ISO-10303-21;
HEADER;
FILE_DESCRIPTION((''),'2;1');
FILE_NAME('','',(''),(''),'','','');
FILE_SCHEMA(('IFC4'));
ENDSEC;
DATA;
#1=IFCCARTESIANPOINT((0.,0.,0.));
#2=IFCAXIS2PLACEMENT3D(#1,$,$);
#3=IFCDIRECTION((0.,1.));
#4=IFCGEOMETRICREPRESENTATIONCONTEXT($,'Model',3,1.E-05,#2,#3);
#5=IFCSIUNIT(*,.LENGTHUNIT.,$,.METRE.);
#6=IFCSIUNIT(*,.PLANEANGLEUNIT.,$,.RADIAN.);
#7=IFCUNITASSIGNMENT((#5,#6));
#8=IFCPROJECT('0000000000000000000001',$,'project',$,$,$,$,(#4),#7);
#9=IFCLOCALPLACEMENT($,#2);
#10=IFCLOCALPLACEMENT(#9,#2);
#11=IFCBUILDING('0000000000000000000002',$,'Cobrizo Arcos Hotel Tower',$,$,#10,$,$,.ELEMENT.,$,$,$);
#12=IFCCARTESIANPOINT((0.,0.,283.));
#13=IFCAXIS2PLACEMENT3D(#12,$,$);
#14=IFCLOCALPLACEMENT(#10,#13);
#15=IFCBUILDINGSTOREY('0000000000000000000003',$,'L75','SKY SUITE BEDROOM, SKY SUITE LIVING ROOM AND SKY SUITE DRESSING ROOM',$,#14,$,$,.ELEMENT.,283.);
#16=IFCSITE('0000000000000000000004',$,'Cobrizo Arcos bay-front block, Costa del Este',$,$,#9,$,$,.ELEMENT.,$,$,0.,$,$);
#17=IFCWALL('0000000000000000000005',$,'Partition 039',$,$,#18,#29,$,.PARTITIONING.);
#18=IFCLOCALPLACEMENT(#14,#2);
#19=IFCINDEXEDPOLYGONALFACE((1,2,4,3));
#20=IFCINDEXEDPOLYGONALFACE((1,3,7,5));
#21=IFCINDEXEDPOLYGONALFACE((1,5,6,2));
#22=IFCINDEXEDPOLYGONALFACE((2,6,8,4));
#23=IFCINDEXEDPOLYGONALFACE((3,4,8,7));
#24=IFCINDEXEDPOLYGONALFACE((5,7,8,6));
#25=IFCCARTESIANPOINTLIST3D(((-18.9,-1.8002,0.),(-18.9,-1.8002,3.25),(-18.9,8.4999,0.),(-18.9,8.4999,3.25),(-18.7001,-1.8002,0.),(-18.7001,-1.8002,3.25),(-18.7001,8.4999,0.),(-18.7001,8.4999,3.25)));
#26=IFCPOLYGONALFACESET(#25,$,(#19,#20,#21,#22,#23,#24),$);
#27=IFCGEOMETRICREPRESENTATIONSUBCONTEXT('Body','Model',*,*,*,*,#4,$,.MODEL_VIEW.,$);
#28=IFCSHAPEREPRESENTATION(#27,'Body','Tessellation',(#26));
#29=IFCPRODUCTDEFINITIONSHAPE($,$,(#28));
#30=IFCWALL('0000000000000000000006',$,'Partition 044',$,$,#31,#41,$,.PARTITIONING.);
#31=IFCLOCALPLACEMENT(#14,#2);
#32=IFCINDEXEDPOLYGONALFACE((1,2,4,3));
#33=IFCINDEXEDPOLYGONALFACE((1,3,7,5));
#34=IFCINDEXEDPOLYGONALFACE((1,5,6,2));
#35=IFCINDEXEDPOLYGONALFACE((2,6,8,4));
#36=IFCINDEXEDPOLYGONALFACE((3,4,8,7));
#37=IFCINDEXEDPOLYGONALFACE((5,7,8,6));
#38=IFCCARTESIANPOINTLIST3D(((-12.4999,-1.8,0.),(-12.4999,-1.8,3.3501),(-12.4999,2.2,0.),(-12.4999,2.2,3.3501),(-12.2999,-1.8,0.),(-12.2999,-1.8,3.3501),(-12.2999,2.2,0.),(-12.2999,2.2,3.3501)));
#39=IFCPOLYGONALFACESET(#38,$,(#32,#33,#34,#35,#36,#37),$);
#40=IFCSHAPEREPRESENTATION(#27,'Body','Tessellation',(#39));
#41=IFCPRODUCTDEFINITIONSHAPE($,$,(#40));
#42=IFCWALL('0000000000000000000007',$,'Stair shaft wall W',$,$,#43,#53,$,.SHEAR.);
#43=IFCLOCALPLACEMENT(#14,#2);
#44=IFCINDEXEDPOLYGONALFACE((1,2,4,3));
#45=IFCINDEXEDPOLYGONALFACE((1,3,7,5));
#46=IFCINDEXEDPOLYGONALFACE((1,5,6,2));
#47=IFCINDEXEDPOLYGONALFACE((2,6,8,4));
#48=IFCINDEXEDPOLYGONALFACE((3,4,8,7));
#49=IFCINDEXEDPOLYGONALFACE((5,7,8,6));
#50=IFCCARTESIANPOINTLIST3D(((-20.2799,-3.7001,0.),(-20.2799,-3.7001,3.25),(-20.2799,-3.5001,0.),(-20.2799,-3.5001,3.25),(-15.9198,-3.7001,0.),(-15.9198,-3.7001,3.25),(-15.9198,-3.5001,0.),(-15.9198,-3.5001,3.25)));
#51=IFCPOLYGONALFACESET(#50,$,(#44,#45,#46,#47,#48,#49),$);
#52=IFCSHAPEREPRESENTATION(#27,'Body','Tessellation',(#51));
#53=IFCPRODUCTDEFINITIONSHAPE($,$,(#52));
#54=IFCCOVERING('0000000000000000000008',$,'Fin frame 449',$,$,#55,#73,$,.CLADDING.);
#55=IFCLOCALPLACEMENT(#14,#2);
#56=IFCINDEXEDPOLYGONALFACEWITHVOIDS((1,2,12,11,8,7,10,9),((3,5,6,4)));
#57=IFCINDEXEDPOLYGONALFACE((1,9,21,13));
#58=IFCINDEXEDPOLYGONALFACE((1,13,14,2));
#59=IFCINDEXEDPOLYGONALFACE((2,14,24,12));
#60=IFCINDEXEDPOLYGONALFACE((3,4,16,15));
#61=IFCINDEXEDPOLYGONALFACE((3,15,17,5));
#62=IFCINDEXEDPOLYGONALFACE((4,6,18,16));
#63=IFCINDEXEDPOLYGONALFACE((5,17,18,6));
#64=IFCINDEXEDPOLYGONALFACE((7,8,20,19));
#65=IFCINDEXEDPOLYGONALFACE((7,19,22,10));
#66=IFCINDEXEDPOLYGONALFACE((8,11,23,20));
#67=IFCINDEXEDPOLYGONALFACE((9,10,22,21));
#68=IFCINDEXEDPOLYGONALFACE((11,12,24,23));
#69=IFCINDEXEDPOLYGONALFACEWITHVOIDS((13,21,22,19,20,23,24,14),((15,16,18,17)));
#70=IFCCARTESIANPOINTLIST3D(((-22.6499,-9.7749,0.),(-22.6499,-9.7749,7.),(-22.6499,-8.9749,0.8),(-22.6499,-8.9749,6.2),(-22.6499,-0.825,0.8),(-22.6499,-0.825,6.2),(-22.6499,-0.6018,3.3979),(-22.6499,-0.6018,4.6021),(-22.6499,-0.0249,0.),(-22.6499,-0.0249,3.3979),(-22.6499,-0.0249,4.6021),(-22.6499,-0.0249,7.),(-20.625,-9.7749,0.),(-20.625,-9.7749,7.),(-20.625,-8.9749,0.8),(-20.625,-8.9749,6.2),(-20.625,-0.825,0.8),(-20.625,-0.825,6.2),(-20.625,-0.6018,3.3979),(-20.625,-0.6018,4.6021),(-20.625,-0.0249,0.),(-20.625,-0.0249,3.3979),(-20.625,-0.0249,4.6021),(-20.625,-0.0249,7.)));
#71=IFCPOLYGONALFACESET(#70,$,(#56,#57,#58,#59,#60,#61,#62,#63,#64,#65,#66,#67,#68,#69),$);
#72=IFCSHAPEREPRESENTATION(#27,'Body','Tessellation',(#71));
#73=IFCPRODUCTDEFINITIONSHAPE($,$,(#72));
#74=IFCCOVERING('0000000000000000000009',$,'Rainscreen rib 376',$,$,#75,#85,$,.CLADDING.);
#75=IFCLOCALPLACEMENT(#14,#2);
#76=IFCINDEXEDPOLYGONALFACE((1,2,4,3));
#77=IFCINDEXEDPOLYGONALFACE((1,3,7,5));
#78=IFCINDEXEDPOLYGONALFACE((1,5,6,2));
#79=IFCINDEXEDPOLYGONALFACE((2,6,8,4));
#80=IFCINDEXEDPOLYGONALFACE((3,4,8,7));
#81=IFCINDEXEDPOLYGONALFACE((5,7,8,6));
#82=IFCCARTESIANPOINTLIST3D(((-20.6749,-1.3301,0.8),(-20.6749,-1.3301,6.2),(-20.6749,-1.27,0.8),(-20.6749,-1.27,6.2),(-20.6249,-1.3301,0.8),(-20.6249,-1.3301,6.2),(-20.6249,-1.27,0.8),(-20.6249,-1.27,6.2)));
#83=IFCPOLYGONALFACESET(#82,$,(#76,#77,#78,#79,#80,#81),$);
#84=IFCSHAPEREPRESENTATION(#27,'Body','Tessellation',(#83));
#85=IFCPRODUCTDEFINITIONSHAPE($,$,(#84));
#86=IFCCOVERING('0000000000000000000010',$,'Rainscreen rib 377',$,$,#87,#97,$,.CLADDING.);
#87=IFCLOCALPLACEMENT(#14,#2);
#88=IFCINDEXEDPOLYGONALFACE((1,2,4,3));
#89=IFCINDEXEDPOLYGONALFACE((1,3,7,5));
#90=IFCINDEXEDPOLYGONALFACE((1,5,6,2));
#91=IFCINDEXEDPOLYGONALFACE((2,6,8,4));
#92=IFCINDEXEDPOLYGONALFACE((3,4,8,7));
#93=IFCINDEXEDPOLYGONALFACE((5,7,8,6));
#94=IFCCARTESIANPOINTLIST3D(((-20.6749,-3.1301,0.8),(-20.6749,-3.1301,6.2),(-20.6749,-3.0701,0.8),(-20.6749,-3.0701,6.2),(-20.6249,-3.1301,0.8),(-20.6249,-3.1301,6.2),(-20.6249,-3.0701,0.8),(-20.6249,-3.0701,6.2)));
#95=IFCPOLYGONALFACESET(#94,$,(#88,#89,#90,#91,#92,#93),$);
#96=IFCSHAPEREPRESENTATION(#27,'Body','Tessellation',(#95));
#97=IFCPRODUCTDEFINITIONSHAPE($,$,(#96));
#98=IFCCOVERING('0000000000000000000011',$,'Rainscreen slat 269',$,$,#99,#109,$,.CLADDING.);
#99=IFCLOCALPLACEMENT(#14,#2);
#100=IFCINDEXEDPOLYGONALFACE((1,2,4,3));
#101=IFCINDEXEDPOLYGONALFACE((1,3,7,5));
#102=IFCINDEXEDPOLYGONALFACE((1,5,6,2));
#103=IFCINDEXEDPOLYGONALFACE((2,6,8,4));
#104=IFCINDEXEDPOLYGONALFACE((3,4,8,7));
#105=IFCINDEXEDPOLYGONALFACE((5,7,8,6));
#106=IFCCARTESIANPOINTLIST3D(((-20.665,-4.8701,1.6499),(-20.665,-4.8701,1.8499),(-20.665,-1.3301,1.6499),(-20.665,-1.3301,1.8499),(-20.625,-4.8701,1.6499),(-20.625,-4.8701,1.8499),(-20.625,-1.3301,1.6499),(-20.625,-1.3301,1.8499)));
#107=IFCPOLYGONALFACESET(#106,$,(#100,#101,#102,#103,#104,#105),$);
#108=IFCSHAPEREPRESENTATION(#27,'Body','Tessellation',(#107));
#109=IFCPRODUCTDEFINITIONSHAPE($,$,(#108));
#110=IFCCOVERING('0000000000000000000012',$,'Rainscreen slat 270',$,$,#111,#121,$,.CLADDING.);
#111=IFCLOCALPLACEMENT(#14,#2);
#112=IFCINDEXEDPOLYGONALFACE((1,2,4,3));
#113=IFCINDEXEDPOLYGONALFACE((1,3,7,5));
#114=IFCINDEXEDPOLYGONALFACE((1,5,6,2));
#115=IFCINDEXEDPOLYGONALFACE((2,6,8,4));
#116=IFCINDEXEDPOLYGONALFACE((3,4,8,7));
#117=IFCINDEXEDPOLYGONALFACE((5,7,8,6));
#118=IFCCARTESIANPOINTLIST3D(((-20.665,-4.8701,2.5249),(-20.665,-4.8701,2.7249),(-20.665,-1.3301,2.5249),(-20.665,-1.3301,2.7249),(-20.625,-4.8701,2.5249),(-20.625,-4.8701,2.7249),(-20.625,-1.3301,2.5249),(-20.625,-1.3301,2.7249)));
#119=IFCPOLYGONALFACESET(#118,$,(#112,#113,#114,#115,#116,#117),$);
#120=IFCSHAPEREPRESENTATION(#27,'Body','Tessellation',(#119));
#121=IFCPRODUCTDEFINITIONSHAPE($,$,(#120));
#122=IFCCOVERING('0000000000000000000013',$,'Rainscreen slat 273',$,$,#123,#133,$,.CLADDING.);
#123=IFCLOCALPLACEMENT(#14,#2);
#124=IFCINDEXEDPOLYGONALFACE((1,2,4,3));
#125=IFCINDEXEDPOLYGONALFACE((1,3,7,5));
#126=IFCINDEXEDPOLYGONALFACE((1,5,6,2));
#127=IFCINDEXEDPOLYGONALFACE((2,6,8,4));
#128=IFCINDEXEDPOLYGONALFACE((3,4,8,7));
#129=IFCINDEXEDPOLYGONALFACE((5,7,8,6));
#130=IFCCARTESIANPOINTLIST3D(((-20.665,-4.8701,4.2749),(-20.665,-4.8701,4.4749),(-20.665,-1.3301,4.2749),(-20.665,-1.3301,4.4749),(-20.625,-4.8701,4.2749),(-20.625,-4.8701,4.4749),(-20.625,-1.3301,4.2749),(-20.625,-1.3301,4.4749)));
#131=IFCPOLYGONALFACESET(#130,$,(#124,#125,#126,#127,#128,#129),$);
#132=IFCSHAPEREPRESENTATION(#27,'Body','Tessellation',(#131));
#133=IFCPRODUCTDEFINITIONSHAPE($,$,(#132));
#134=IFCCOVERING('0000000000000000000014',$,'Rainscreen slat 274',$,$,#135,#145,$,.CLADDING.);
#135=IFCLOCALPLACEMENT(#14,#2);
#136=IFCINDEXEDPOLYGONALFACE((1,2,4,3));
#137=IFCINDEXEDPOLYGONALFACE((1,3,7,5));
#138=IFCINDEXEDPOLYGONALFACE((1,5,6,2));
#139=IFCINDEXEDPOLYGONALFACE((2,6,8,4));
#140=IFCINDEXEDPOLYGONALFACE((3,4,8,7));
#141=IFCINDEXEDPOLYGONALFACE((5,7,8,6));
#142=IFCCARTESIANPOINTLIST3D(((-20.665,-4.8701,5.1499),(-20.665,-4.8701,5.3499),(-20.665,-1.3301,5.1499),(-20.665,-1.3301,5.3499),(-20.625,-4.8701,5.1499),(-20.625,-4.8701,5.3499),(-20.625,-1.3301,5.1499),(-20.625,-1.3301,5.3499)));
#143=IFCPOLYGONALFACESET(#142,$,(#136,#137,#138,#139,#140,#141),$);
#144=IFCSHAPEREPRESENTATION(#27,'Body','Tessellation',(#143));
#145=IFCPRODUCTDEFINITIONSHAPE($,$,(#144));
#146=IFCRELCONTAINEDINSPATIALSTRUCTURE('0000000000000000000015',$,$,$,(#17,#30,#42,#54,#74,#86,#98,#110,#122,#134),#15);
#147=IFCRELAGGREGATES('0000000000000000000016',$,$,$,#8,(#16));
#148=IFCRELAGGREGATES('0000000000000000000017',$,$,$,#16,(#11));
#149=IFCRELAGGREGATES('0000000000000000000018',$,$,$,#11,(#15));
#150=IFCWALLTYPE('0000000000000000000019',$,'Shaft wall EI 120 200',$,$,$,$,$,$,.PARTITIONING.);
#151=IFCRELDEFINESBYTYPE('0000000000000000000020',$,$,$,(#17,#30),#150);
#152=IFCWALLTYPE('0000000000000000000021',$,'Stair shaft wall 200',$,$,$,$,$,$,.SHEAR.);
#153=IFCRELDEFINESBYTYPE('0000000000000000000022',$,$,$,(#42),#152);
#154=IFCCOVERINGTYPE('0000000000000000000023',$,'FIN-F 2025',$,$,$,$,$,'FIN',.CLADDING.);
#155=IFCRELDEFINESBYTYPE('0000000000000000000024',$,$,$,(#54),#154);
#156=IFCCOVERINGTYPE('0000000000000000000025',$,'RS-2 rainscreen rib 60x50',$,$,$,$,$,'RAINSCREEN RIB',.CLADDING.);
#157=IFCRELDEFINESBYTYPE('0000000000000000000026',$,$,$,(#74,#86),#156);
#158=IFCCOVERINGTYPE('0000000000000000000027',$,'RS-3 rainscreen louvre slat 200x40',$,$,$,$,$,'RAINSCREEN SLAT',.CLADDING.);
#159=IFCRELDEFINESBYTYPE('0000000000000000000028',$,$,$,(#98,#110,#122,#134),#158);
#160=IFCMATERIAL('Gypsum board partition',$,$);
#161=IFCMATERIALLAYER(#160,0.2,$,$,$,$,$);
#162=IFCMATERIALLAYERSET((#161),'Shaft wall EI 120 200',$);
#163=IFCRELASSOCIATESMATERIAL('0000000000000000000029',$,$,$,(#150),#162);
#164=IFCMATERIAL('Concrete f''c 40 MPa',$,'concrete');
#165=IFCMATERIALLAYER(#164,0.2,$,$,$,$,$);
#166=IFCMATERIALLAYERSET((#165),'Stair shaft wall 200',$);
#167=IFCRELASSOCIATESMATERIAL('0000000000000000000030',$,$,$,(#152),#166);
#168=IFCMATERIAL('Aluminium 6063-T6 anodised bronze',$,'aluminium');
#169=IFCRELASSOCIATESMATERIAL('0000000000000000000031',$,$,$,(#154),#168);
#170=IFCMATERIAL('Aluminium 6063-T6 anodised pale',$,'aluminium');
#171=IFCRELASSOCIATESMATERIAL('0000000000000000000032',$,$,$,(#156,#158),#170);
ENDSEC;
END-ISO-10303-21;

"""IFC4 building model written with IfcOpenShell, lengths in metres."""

from ifc_helpers import new_model, si_unit, direction, frame, frame_2d, origin, origin_2d, place, context, subcontext, project, spatial, polyline, rectangle, outline, extrude, material, layer, layer_set, type_object, element, save


model = new_model("IFC4")

# Units and contexts
model_context = context("Model", 3, precision=1e-05, world=origin(), true_north=direction((0.0, 1.0)))
body_context = subcontext(model_context, "Body", "Model", "MODEL_VIEW")
ifc_project = project(units=[si_unit("LENGTHUNIT", "METRE"), si_unit("PLANEANGLEUNIT", "RADIAN")], contexts=[model_context])

# Site, building, storey
site_placement = place(None, origin())
site = spatial("IfcSite", under=ifc_project, at=site_placement, Name="Cobrizo Arcos bay-front block, Costa del Este", CompositionType="ELEMENT", RefElevation=0.0)
building_placement = place(site_placement, origin())
building = spatial("IfcBuilding", under=site, at=building_placement, Name="Cobrizo Arcos Hotel Tower", CompositionType="ELEMENT")
storey_placement = place(building_placement, frame((0.0, 0.0, 283.0)))
storey = spatial("IfcBuildingStorey", under=building, at=storey_placement, Name="L75", Description="SKY SUITE BEDROOM, SKY SUITE LIVING ROOM AND SKY SUITE DRESSING ROOM", CompositionType="ELEMENT", Elevation=283.0)

# Shared definitions
ifc_material_1 = material(Name="Aluminium 6063-T6 anodised bronze", Category="aluminium")

# Shared definitions
ifc_material_2 = material(Name="Gypsum board partition")

# Shared definitions
ifc_layer_1 = layer(ifc_material_2, 0.2)
ifc_layer_set_1 = layer_set([ifc_layer_1], Name="Shaft wall EI 120 200")
wall_type_1 = type_object("IfcWallType", Name="Shaft wall EI 120 200", PredefinedType="PARTITIONING", material=ifc_layer_set_1)

# Walls
wall_1_placement = place(storey_placement, frame((-18.8, -1.8, 0.0), z_axis=(0.0, 0.0, 1.0), x_axis=(0.0, 1.0, 0.0)))
element("IfcWall", 1, at=wall_1_placement, inside=storey, type_object=wall_type_1, Name="Partition 039", PredefinedType="PARTITIONING", context=body_context, shape_type="SweptSolid", body=[
    extrude(rectangle(XDim=10.3, YDim=0.2, at=frame_2d((5.1499, 0.0))), origin(), (0.0, 0.0, 1.0), 3.25),
])
wall_2_placement = place(storey_placement, frame((-12.3999, -1.8, 0.0), z_axis=(0.0, 0.0, 1.0), x_axis=(0.0, 1.0, 0.0)))
element("IfcWall", 2, at=wall_2_placement, inside=storey, type_object=wall_type_1, Name="Partition 044", PredefinedType="PARTITIONING", context=body_context, shape_type="SweptSolid", body=[
    extrude(rectangle(XDim=4.0, YDim=0.2, at=frame_2d((2.0, 0.0))), origin(), (0.0, 0.0, 1.0), 3.3501),
])
ifc_material_3 = material(Name="Concrete f'c 40 MPa", Category="concrete")
ifc_layer_2 = layer(ifc_material_3, 0.2)
ifc_layer_set_2 = layer_set([ifc_layer_2], Name="Stair shaft wall 200")
wall_type_2 = type_object("IfcWallType", Name="Stair shaft wall 200", PredefinedType="SHEAR", material=ifc_layer_set_2)
wall_3_placement = place(storey_placement, frame((-20.28, -3.6001, 0.0), z_axis=(0.0, 0.0, 1.0), x_axis=(1.0, 0.0, 0.0)))
element("IfcWall", 3, at=wall_3_placement, inside=storey, type_object=wall_type_2, Name="Stair shaft wall W", PredefinedType="SHEAR", context=body_context, shape_type="SweptSolid", body=[
    extrude(rectangle(XDim=4.3601, YDim=0.2, at=frame_2d((2.1802, 0.0))), origin(), (0.0, 0.0, 1.0), 3.25),
])

# Coverings
covering_type_1 = type_object("IfcCoveringType", Name="FIN-F 2025", ElementType="FIN", PredefinedType="CLADDING", material=ifc_material_1)
covering_placement = place(storey_placement, frame((-20.625, -0.0249, 0.0), z_axis=(-1.0, 0.0, 0.0), x_axis=(0.0, -1.0, 0.0)))
element("IfcCovering", 4, at=covering_placement, inside=storey, type_object=covering_type_1, Name="Fin frame 449", PredefinedType="CLADDING", context=body_context, shape_type="SweptSolid", body=[
    extrude(outline(polyline([(0.0, 7.0), (0.0, 4.6021), (0.5769, 4.6021), (0.5769, 3.3979), (0.0, 3.3979), (0.0, 0.0), (9.75, 0.0), (9.75, 7.0), (0.0, 7.0)]), holes=[polyline([(8.95, 0.8), (0.8, 0.8), (0.8, 6.2), (8.95, 6.2), (8.95, 0.8)])]), origin(), (0.0, 0.0, 1.0), 2.0249),
])
ifc_material_4 = material(Name="Aluminium 6063-T6 anodised pale", Category="aluminium")
covering_type_2 = type_object("IfcCoveringType", Name="RS-2 rainscreen rib 60x50", ElementType="RAINSCREEN RIB", PredefinedType="CLADDING", material=ifc_material_4)
for number, where, z_axis, x_axis, name in (
    (5, (-20.6499, -1.3, 0.8), (0.0, 0.0, 1.0), (0.0, -1.0, 0.0), "Rainscreen rib 376"),
    (6, (-20.6499, -3.1001, 0.8), (0.0, 0.0, 1.0), (0.0, -1.0, 0.0), "Rainscreen rib 377"),
):
    element("IfcCovering", number, at=place(storey_placement, frame(where, z_axis=z_axis, x_axis=x_axis)), inside=storey, type_object=covering_type_2, Name=name, PredefinedType="CLADDING", context=body_context, shape_type="SweptSolid", body=[
        extrude(rectangle(XDim=0.0601, YDim=0.05, at=origin_2d()), origin(), (0.0, 0.0, 1.0), 5.3999),
    ])
covering_type_3 = type_object("IfcCoveringType", Name="RS-3 rainscreen louvre slat 200x40", ElementType="RAINSCREEN SLAT", PredefinedType="CLADDING", material=ifc_material_4)
for number, where, z_axis, x_axis, name in (
    (7, (-20.645, -3.1001, 1.6499), (0.0, 0.0, 1.0), (0.0, -1.0, 0.0), "Rainscreen slat 269"),
    (8, (-20.645, -3.1001, 2.5249), (0.0, 0.0, 1.0), (0.0, -1.0, 0.0), "Rainscreen slat 270"),
    (9, (-20.645, -3.1001, 4.2749), (0.0, 0.0, 1.0), (0.0, -1.0, 0.0), "Rainscreen slat 273"),
    (10, (-20.645, -3.1001, 5.1499), (0.0, 0.0, 1.0), (0.0, -1.0, 0.0), "Rainscreen slat 274"),
):
    element("IfcCovering", number, at=place(storey_placement, frame(where, z_axis=z_axis, x_axis=x_axis)), inside=storey, type_object=covering_type_3, Name=name, PredefinedType="CLADDING", context=body_context, shape_type="SweptSolid", body=[
        extrude(rectangle(XDim=3.54, YDim=0.04, at=origin_2d()), origin(), (0.0, 0.0, 1.0), 0.2),
    ])

save(model, "model.ifc")
